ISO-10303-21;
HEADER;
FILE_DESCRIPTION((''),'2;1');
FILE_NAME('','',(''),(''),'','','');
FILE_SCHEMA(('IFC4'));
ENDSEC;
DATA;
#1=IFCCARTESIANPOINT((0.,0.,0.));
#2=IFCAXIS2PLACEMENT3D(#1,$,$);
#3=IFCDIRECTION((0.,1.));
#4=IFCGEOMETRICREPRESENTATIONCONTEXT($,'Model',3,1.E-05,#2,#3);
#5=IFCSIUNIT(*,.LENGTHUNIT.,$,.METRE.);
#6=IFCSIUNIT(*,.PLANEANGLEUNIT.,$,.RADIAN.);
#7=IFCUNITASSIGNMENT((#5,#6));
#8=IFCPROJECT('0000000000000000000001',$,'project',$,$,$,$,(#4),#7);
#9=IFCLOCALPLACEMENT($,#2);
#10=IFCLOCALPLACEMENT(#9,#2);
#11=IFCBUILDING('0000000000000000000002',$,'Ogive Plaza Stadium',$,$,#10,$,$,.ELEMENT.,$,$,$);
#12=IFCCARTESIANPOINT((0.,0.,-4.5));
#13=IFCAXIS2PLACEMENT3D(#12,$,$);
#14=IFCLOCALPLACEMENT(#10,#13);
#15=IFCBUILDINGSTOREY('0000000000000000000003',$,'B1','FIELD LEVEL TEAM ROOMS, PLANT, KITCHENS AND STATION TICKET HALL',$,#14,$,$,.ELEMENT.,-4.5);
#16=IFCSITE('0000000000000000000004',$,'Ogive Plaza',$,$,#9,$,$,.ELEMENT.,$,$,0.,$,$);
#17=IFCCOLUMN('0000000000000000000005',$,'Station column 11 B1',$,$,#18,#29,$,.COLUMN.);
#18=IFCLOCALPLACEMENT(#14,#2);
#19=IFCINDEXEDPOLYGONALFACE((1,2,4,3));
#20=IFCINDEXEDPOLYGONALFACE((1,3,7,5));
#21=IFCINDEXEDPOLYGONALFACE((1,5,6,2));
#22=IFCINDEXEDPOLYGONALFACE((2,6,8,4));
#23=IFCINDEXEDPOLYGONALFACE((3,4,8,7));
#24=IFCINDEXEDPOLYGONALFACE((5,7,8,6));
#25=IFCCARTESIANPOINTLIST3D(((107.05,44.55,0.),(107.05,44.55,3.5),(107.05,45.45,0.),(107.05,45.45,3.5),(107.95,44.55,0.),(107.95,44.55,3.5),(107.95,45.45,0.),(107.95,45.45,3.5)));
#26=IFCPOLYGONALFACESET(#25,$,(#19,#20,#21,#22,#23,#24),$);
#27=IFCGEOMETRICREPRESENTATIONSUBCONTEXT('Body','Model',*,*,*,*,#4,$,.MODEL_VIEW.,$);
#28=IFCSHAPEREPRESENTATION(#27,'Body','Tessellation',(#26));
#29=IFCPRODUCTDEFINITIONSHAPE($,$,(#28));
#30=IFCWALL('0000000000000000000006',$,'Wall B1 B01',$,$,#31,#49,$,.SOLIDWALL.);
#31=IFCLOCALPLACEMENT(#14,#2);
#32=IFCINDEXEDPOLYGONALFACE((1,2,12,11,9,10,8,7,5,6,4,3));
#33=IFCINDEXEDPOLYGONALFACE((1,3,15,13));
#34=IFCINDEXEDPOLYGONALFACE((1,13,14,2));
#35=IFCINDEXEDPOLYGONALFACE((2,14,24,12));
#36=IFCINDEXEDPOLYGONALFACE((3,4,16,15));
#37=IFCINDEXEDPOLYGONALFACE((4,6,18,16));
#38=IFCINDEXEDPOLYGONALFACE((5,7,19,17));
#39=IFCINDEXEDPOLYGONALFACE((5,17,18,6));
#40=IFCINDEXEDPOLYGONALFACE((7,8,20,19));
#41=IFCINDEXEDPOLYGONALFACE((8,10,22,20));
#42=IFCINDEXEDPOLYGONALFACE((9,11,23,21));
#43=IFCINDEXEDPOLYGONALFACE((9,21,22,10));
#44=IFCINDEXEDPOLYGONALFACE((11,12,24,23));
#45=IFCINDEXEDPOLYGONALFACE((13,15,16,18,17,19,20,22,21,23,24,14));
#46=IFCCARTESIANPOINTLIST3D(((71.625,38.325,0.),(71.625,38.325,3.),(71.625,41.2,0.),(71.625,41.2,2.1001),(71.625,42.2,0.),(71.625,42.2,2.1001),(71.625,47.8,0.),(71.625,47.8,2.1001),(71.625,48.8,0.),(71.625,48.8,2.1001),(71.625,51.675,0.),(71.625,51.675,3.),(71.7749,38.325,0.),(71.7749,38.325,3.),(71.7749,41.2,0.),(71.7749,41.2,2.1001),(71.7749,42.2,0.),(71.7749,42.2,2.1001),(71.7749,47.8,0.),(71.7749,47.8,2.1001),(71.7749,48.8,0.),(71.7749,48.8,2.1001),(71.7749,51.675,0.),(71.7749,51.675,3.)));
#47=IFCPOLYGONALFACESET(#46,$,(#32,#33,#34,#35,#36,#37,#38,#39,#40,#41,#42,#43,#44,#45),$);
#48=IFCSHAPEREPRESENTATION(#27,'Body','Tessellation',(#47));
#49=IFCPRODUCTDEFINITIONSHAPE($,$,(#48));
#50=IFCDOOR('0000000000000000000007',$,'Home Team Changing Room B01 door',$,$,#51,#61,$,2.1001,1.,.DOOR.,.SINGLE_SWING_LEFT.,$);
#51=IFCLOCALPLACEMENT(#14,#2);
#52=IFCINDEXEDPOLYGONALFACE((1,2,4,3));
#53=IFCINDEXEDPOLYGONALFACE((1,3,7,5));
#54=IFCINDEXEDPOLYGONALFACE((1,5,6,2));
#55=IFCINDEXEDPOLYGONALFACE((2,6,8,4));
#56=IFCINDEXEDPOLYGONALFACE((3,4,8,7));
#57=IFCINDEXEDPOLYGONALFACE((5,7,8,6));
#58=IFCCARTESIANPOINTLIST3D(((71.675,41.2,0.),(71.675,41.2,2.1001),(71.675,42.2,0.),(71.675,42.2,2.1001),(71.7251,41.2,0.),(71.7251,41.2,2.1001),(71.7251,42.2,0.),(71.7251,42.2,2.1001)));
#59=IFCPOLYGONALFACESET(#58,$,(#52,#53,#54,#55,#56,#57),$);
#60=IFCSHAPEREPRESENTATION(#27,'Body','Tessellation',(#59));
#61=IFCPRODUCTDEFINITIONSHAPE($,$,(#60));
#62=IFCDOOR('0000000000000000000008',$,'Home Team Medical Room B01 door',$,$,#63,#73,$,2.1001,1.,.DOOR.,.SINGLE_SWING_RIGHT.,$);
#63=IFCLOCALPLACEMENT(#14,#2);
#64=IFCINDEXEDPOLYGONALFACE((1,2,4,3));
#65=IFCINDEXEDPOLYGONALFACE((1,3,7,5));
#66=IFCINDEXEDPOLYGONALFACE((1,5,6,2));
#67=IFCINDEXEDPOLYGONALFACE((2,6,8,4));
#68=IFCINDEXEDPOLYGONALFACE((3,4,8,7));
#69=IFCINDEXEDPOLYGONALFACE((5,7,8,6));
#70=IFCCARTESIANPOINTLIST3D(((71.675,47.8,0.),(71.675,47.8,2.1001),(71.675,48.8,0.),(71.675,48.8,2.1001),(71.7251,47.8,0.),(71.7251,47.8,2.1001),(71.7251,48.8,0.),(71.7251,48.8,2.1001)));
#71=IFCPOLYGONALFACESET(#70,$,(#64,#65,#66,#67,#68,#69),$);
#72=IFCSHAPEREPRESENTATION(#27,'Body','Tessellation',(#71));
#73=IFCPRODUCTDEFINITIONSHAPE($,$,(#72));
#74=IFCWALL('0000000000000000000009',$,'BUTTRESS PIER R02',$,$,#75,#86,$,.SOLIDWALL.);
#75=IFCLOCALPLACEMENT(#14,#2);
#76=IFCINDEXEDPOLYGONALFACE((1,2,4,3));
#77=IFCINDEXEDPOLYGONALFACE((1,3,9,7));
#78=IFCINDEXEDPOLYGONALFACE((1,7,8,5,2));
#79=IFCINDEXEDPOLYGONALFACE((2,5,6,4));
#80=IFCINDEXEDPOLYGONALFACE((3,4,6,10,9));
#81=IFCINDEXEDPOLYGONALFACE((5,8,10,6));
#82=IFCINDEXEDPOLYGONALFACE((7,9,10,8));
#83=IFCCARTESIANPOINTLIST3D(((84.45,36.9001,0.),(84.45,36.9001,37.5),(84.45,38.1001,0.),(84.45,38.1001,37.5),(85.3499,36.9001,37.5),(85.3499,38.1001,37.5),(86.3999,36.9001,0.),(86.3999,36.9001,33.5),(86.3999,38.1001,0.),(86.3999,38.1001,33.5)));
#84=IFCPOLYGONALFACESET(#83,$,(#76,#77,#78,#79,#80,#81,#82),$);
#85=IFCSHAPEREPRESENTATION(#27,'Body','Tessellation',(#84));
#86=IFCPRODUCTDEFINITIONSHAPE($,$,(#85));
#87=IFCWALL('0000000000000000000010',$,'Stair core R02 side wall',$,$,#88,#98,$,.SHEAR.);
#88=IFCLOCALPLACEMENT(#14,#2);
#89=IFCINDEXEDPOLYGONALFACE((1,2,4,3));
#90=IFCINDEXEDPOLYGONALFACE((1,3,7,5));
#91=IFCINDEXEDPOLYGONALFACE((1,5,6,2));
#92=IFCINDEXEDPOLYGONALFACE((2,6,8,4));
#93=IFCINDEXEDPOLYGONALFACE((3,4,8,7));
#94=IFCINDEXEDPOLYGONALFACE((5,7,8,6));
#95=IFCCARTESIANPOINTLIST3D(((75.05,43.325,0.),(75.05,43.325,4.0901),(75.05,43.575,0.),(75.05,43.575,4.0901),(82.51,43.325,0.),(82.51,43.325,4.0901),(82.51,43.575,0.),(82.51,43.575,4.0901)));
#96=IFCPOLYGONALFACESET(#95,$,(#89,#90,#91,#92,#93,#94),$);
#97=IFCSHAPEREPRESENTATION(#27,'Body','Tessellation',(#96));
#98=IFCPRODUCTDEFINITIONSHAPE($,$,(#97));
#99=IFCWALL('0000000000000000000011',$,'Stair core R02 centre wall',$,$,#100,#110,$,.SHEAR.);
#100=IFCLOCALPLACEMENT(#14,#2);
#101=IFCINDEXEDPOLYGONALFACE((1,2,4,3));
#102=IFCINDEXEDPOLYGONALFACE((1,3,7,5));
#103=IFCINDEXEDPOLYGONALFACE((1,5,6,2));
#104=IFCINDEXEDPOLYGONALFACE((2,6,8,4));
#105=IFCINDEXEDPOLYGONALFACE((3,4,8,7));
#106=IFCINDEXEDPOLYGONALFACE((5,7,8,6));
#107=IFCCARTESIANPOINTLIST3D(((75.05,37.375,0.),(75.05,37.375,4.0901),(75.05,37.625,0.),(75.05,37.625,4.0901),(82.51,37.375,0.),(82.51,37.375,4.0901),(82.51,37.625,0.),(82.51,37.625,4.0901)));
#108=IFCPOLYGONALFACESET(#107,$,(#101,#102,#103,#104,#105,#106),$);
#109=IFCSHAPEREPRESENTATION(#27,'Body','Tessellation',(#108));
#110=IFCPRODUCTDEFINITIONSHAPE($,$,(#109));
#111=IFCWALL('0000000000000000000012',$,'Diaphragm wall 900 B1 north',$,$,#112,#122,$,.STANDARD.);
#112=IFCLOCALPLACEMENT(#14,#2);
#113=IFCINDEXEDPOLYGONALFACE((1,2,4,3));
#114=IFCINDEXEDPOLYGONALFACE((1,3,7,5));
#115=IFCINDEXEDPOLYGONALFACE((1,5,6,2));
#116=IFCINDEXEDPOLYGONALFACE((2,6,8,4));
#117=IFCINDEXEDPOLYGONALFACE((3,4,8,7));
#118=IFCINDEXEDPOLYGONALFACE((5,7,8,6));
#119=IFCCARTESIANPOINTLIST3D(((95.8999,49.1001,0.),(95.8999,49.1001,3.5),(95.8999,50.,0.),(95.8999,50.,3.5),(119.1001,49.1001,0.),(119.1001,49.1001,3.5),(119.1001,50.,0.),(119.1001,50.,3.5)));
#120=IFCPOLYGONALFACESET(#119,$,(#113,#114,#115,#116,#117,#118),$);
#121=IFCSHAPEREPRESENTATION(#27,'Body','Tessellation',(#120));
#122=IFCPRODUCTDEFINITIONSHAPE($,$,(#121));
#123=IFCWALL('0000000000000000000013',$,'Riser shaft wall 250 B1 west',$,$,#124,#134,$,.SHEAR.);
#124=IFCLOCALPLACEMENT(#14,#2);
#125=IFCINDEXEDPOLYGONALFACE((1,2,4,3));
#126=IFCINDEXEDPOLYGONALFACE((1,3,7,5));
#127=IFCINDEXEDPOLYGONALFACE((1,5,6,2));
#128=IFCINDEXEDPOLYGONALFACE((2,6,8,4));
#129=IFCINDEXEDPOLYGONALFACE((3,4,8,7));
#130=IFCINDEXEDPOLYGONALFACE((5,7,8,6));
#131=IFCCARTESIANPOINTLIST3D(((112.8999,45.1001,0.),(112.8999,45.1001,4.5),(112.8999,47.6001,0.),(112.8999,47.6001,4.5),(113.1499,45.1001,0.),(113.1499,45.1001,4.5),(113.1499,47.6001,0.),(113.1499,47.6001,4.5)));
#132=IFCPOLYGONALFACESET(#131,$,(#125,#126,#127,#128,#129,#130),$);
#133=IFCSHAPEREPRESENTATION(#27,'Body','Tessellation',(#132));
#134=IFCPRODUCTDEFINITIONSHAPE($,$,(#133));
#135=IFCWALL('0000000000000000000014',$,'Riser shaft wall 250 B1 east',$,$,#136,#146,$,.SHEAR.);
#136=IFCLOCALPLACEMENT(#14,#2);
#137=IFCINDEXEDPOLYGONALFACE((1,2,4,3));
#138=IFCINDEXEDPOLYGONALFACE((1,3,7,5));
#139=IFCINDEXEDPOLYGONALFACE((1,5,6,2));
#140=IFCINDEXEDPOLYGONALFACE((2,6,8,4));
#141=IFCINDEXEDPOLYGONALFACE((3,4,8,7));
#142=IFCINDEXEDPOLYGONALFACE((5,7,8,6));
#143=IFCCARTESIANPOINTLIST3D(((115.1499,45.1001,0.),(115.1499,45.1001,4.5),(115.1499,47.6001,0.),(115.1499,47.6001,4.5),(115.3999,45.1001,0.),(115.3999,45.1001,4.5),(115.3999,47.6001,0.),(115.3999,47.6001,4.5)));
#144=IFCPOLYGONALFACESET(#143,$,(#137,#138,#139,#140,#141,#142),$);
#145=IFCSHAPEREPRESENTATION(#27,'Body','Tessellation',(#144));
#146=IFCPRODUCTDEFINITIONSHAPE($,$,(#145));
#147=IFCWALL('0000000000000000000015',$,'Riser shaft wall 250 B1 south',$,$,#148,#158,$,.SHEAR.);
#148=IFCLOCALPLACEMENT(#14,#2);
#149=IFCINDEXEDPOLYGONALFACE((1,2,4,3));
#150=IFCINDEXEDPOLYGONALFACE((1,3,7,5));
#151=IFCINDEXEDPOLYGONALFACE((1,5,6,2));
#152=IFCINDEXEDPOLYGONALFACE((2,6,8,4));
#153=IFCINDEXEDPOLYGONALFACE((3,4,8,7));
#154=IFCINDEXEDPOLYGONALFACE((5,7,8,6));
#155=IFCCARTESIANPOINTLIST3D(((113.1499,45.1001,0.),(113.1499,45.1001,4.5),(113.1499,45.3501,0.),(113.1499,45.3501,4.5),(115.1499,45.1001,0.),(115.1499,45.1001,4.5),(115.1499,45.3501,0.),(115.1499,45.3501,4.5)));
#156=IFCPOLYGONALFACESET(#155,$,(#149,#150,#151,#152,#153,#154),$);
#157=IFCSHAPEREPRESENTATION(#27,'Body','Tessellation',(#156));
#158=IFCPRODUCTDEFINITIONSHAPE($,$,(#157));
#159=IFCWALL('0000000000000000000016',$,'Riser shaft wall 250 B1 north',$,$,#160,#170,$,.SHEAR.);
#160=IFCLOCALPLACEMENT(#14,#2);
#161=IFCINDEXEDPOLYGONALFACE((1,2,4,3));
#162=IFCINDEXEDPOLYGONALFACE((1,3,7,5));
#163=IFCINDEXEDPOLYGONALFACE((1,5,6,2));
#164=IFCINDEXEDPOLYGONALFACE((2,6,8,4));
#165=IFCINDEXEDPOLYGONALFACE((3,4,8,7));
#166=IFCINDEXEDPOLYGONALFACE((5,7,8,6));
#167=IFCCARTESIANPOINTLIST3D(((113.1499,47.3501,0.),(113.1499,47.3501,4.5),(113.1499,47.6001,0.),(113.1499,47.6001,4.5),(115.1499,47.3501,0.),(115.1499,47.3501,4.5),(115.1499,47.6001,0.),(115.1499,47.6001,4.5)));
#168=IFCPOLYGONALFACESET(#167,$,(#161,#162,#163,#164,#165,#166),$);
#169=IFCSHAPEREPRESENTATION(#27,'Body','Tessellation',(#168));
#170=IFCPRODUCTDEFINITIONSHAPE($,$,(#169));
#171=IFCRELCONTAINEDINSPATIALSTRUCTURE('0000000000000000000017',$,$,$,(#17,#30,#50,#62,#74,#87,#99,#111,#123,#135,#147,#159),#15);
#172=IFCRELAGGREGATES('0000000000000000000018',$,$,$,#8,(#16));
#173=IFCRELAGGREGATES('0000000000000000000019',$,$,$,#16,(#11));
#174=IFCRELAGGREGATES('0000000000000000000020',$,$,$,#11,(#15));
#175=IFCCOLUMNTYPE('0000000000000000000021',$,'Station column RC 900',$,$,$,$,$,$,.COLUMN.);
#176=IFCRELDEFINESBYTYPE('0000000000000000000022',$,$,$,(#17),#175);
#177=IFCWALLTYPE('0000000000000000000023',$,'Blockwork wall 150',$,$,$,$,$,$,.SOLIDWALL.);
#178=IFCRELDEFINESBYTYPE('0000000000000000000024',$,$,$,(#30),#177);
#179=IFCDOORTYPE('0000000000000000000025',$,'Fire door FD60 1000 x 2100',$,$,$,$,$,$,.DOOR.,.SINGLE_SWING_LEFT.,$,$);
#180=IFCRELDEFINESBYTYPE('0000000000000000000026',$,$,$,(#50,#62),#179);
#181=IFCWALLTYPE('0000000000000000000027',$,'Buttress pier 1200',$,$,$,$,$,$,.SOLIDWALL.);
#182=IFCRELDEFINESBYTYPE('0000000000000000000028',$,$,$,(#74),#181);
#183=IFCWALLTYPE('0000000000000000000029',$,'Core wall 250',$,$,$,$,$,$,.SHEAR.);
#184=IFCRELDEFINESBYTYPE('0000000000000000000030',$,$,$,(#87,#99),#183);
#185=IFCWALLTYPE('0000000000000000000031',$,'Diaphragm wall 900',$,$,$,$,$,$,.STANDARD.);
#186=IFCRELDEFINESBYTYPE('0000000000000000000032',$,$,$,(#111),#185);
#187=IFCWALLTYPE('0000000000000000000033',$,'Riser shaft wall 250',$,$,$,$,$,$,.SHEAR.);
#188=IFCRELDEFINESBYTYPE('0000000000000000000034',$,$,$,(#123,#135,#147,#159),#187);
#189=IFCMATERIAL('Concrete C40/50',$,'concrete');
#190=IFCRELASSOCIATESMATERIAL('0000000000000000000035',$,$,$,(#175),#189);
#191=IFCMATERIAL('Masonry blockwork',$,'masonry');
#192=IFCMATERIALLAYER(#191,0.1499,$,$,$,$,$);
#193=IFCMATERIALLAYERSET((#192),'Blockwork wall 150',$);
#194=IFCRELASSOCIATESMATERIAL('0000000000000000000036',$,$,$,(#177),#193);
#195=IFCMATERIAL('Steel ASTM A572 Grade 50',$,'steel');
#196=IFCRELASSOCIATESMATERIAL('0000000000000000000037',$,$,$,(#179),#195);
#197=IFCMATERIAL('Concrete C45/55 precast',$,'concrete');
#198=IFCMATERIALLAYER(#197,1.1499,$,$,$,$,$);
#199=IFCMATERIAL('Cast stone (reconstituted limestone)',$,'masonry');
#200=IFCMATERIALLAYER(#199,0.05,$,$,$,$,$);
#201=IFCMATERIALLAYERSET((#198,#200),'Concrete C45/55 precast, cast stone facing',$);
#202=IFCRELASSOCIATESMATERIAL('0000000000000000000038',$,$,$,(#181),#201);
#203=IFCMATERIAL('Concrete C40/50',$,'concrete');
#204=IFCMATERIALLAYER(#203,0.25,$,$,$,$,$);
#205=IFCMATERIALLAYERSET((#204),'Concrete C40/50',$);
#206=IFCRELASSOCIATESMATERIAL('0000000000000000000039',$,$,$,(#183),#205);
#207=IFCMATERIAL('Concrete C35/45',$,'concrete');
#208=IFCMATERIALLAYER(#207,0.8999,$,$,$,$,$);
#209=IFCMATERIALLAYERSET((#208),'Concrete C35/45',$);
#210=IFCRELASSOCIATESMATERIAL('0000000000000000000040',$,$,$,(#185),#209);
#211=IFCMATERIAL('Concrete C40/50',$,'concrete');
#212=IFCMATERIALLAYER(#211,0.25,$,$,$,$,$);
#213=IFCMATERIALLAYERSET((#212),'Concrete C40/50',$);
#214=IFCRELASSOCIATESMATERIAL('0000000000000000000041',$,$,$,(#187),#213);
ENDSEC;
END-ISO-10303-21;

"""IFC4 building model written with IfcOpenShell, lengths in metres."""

from ifc_helpers import new_model, si_unit, direction, frame, frame_2d, origin, origin_2d, place, context, subcontext, project, spatial, polyline, rectangle, outline, extrude, material, layer, layer_set, material_profile, profile_set, type_object, element, fill, save


model = new_model("IFC4")

# Units and contexts
model_context = context("Model", 3, precision=1e-05, world=origin(), true_north=direction((0.0, 1.0)))
body_context = subcontext(model_context, "Body", "Model", "MODEL_VIEW")
ifc_project = project(units=[si_unit("LENGTHUNIT", "METRE"), si_unit("PLANEANGLEUNIT", "RADIAN")], contexts=[model_context])

# Site, building, storey
site_placement = place(None, origin())
site = spatial("IfcSite", under=ifc_project, at=site_placement, Name="Ogive Plaza", CompositionType="ELEMENT", RefElevation=0.0)
building_placement = place(site_placement, origin())
building = spatial("IfcBuilding", under=site, at=building_placement, Name="Ogive Plaza Stadium", CompositionType="ELEMENT")
storey_placement = place(building_placement, frame((0.0, 0.0, -4.5)))
storey = spatial("IfcBuildingStorey", under=building, at=storey_placement, Name="B1", Description="FIELD LEVEL TEAM ROOMS, PLANT, KITCHENS AND STATION TICKET HALL", CompositionType="ELEMENT", Elevation=-4.5)

# Column
ifc_material_1 = material(Name="Concrete C40/50", Category="concrete")
ifc_material_profile_1 = material_profile(ifc_material_1, rectangle(XDim=0.8999, YDim=0.8999, at=origin_2d()), Name="Station column RC 900")
ifc_profile_set_1 = profile_set([ifc_material_profile_1], Name="Concrete C40/50")
column_type_1 = type_object("IfcColumnType", Name="Station column RC 900", PredefinedType="COLUMN", material=ifc_profile_set_1)
column_1_placement = place(storey_placement, frame((107.5, 45.0, 0.0), z_axis=(0.0, 0.0, 1.0), x_axis=(1.0, 0.0, 0.0)))
element("IfcColumn", 1, at=column_1_placement, inside=storey, type_object=column_type_1, Name="Station column 11 B1", PredefinedType="COLUMN", context=body_context, shape_type="SweptSolid", body=[
    extrude(rectangle(XDim=0.8999, YDim=0.8999, at=origin_2d()), origin(), (0.0, 0.0, 1.0), 3.5),
])

# Wall, openings, doors
ifc_material_2 = material(Name="Masonry blockwork", Category="masonry")
ifc_layer_1 = layer(ifc_material_2, 0.1499)
ifc_layer_set_1 = layer_set([ifc_layer_1], Name="Blockwork wall 150")
wall_type_1 = type_object("IfcWallType", Name="Blockwork wall 150", PredefinedType="SOLIDWALL", material=ifc_layer_set_1)
wall_1_placement = place(storey_placement, frame((71.7, 38.325, 0.0), z_axis=(0.0, 0.0, 1.0), x_axis=(0.0, 1.0, 0.0)))
wall_1 = element("IfcWall", 2, at=wall_1_placement, inside=storey, type_object=wall_type_1, Name="Wall B1 B01", PredefinedType="SOLIDWALL", context=body_context, shape_type="SweptSolid", body=[
    extrude(rectangle(XDim=13.3501, YDim=0.1499, at=frame_2d((6.675, 0.0))), origin(), (0.0, 0.0, 1.0), 3.0),
])
opening_1_placement = place(wall_1_placement, frame((2.875, 0.0, 0.0)))
opening_1 = element("IfcOpeningElement", 3, at=opening_1_placement, cuts=wall_1, PredefinedType="OPENING", context=body_context, shape_type="SweptSolid", body=[
    extrude(rectangle(XDim=1.0, YDim=2.1001, at=frame_2d((0.5, 1.05))), frame((0.0, 0.075, 0.0), z_axis=(0.0, -1.0, 0.0), x_axis=(1.0, 0.0, 0.0)), (0.0, 0.0, 1.0), 0.1499),
])
opening_2_placement = place(wall_1_placement, frame((9.4751, 0.0, 0.0)))
opening_2 = element("IfcOpeningElement", 4, at=opening_2_placement, cuts=wall_1, PredefinedType="OPENING", context=body_context, shape_type="SweptSolid", body=[
    extrude(rectangle(XDim=1.0, YDim=2.1001, at=frame_2d((0.5, 1.05))), frame((0.0, 0.075, 0.0), z_axis=(0.0, -1.0, 0.0), x_axis=(1.0, 0.0, 0.0)), (0.0, 0.0, 1.0), 0.1499),
])
ifc_material_3 = material(Name="Steel ASTM A572 Grade 50", Category="steel")
door_type = type_object("IfcDoorType", Name="Fire door FD60 1000 x 2100", OperationType="SINGLE_SWING_LEFT", PredefinedType="DOOR", material=ifc_material_3)
door_1_placement = place(opening_1_placement, origin())
door_1 = element("IfcDoor", 5, at=door_1_placement, inside=storey, type_object=door_type, Name="Home Team Changing Room B01 door", OperationType="SINGLE_SWING_LEFT", OverallHeight=2.1001, OverallWidth=1.0, PredefinedType="DOOR", context=body_context, shape_type="SweptSolid", body=[
    extrude(rectangle(XDim=1.0, YDim=2.1001, at=frame_2d((0.5, 1.05))), frame((0.0, 0.0249, 0.0), z_axis=(0.0, -1.0, 0.0), x_axis=(1.0, 0.0, 0.0)), (0.0, 0.0, 1.0), 0.05),
])
fill(opening_1, door_1)
door_2_placement = place(opening_2_placement, origin())
door_2 = element("IfcDoor", 6, at=door_2_placement, inside=storey, type_object=door_type, Name="Home Team Medical Room B01 door", OperationType="SINGLE_SWING_RIGHT", OverallHeight=2.1001, OverallWidth=1.0, PredefinedType="DOOR", context=body_context, shape_type="SweptSolid", body=[
    extrude(rectangle(XDim=1.0, YDim=2.1001, at=frame_2d((0.5, 1.05))), frame((0.0, 0.0249, 0.0), z_axis=(0.0, -1.0, 0.0), x_axis=(1.0, 0.0, 0.0)), (0.0, 0.0, 1.0), 0.05),
])
fill(opening_2, door_2)

# Walls
ifc_material_4 = material(Name="Concrete C45/55 precast", Category="concrete")
ifc_layer_2 = layer(ifc_material_4, 1.1499)
ifc_material_5 = material(Name="Cast stone (reconstituted limestone)", Category="masonry")
ifc_layer_3 = layer(ifc_material_5, 0.05)
ifc_layer_set_2 = layer_set([ifc_layer_2, ifc_layer_3], Name="Concrete C45/55 precast, cast stone facing")
wall_type_2 = type_object("IfcWallType", Name="Buttress pier 1200", PredefinedType="SOLIDWALL", material=ifc_layer_set_2)
wall_2_placement = place(storey_placement, frame((84.45, 37.5, 0.0), z_axis=(0.0, 0.0, 1.0), x_axis=(1.0, 0.0, 0.0)))
element("IfcWall", 7, at=wall_2_placement, inside=storey, type_object=wall_type_2, Name="BUTTRESS PIER R02", PredefinedType="SOLIDWALL", context=body_context, shape_type="SweptSolid", body=[
    extrude(outline(polyline([(0.0, 0.0), (1.95, 0.0), (1.95, 33.5), (0.8999, 37.5), (0.0, 37.5), (0.0, 0.0)])), frame((0.0, 0.6001, 0.0), z_axis=(0.0, -1.0, 0.0), x_axis=(1.0, 0.0, 0.0)), (0.0, 0.0, 1.0), 1.2),
])
ifc_material_6 = material(Name="Concrete C40/50", Category="concrete")
ifc_layer_4 = layer(ifc_material_6, 0.25)
ifc_layer_set_3 = layer_set([ifc_layer_4], Name="Concrete C40/50")
wall_type_3 = type_object("IfcWallType", Name="Core wall 250", PredefinedType="SHEAR", material=ifc_layer_set_3)
for number, where, z_axis, x_axis, name in (
    (8, (75.05, 43.45, 0.0), (0.0, 0.0, 1.0), (1.0, 0.0, 0.0), "Stair core R02 side wall"),
    (9, (75.05, 37.5, 0.0), (0.0, 0.0, 1.0), (1.0, 0.0, 0.0), "Stair core R02 centre wall"),
):
    element("IfcWall", number, at=place(storey_placement, frame(where, z_axis=z_axis, x_axis=x_axis)), inside=storey, type_object=wall_type_3, Name=name, PredefinedType="SHEAR", context=body_context, shape_type="SweptSolid", body=[
        extrude(rectangle(XDim=7.46, YDim=0.25, at=frame_2d((3.73, 0.0))), origin(), (0.0, 0.0, 1.0), 4.0901),
    ])
ifc_material_7 = material(Name="Concrete C35/45", Category="concrete")
ifc_layer_5 = layer(ifc_material_7, 0.8999)
ifc_layer_set_4 = layer_set([ifc_layer_5], Name="Concrete C35/45")
wall_type_4 = type_object("IfcWallType", Name="Diaphragm wall 900", PredefinedType="STANDARD", material=ifc_layer_set_4)
wall_3_placement = place(storey_placement, frame((95.8999, 49.55, 0.0), z_axis=(0.0, 0.0, 1.0), x_axis=(1.0, 0.0, 0.0)))
element("IfcWall", 10, at=wall_3_placement, inside=storey, type_object=wall_type_4, Name="Diaphragm wall 900 B1 north", PredefinedType="STANDARD", context=body_context, shape_type="SweptSolid", body=[
    extrude(rectangle(XDim=23.2002, YDim=0.8999, at=frame_2d((11.6001, 0.0))), origin(), (0.0, 0.0, 1.0), 3.5),
])
ifc_material_8 = material(Name="Concrete C40/50", Category="concrete")
ifc_layer_6 = layer(ifc_material_8, 0.25)
ifc_layer_set_5 = layer_set([ifc_layer_6], Name="Concrete C40/50")
wall_type_5 = type_object("IfcWallType", Name="Riser shaft wall 250", PredefinedType="SHEAR", material=ifc_layer_set_5)
for number, where, z_axis, x_axis, name in (
    (11, (113.0249, 45.1001, 0.0), (0.0, 0.0, 1.0), (0.0, 1.0, 0.0), "Riser shaft wall 250 B1 west"),
    (12, (115.2749, 45.1001, 0.0), (0.0, 0.0, 1.0), (0.0, 1.0, 0.0), "Riser shaft wall 250 B1 east"),
):
    element("IfcWall", number, at=place(storey_placement, frame(where, z_axis=z_axis, x_axis=x_axis)), inside=storey, type_object=wall_type_5, Name=name, PredefinedType="SHEAR", context=body_context, shape_type="SweptSolid", body=[
        extrude(rectangle(XDim=2.5, YDim=0.25, at=frame_2d((1.25, 0.0))), origin(), (0.0, 0.0, 1.0), 4.5),
    ])
for number, where, z_axis, x_axis, name in (
    (13, (113.1499, 45.2251, 0.0), (0.0, 0.0, 1.0), (1.0, 0.0, 0.0), "Riser shaft wall 250 B1 south"),
    (14, (113.1499, 47.4751, 0.0), (0.0, 0.0, 1.0), (1.0, 0.0, 0.0), "Riser shaft wall 250 B1 north"),
):
    element("IfcWall", number, at=place(storey_placement, frame(where, z_axis=z_axis, x_axis=x_axis)), inside=storey, type_object=wall_type_5, Name=name, PredefinedType="SHEAR", context=body_context, shape_type="SweptSolid", body=[
        extrude(rectangle(XDim=2.0, YDim=0.25, at=frame_2d((1.0, 0.0))), origin(), (0.0, 0.0, 1.0), 4.5),
    ])

save(model, "model.ifc")
